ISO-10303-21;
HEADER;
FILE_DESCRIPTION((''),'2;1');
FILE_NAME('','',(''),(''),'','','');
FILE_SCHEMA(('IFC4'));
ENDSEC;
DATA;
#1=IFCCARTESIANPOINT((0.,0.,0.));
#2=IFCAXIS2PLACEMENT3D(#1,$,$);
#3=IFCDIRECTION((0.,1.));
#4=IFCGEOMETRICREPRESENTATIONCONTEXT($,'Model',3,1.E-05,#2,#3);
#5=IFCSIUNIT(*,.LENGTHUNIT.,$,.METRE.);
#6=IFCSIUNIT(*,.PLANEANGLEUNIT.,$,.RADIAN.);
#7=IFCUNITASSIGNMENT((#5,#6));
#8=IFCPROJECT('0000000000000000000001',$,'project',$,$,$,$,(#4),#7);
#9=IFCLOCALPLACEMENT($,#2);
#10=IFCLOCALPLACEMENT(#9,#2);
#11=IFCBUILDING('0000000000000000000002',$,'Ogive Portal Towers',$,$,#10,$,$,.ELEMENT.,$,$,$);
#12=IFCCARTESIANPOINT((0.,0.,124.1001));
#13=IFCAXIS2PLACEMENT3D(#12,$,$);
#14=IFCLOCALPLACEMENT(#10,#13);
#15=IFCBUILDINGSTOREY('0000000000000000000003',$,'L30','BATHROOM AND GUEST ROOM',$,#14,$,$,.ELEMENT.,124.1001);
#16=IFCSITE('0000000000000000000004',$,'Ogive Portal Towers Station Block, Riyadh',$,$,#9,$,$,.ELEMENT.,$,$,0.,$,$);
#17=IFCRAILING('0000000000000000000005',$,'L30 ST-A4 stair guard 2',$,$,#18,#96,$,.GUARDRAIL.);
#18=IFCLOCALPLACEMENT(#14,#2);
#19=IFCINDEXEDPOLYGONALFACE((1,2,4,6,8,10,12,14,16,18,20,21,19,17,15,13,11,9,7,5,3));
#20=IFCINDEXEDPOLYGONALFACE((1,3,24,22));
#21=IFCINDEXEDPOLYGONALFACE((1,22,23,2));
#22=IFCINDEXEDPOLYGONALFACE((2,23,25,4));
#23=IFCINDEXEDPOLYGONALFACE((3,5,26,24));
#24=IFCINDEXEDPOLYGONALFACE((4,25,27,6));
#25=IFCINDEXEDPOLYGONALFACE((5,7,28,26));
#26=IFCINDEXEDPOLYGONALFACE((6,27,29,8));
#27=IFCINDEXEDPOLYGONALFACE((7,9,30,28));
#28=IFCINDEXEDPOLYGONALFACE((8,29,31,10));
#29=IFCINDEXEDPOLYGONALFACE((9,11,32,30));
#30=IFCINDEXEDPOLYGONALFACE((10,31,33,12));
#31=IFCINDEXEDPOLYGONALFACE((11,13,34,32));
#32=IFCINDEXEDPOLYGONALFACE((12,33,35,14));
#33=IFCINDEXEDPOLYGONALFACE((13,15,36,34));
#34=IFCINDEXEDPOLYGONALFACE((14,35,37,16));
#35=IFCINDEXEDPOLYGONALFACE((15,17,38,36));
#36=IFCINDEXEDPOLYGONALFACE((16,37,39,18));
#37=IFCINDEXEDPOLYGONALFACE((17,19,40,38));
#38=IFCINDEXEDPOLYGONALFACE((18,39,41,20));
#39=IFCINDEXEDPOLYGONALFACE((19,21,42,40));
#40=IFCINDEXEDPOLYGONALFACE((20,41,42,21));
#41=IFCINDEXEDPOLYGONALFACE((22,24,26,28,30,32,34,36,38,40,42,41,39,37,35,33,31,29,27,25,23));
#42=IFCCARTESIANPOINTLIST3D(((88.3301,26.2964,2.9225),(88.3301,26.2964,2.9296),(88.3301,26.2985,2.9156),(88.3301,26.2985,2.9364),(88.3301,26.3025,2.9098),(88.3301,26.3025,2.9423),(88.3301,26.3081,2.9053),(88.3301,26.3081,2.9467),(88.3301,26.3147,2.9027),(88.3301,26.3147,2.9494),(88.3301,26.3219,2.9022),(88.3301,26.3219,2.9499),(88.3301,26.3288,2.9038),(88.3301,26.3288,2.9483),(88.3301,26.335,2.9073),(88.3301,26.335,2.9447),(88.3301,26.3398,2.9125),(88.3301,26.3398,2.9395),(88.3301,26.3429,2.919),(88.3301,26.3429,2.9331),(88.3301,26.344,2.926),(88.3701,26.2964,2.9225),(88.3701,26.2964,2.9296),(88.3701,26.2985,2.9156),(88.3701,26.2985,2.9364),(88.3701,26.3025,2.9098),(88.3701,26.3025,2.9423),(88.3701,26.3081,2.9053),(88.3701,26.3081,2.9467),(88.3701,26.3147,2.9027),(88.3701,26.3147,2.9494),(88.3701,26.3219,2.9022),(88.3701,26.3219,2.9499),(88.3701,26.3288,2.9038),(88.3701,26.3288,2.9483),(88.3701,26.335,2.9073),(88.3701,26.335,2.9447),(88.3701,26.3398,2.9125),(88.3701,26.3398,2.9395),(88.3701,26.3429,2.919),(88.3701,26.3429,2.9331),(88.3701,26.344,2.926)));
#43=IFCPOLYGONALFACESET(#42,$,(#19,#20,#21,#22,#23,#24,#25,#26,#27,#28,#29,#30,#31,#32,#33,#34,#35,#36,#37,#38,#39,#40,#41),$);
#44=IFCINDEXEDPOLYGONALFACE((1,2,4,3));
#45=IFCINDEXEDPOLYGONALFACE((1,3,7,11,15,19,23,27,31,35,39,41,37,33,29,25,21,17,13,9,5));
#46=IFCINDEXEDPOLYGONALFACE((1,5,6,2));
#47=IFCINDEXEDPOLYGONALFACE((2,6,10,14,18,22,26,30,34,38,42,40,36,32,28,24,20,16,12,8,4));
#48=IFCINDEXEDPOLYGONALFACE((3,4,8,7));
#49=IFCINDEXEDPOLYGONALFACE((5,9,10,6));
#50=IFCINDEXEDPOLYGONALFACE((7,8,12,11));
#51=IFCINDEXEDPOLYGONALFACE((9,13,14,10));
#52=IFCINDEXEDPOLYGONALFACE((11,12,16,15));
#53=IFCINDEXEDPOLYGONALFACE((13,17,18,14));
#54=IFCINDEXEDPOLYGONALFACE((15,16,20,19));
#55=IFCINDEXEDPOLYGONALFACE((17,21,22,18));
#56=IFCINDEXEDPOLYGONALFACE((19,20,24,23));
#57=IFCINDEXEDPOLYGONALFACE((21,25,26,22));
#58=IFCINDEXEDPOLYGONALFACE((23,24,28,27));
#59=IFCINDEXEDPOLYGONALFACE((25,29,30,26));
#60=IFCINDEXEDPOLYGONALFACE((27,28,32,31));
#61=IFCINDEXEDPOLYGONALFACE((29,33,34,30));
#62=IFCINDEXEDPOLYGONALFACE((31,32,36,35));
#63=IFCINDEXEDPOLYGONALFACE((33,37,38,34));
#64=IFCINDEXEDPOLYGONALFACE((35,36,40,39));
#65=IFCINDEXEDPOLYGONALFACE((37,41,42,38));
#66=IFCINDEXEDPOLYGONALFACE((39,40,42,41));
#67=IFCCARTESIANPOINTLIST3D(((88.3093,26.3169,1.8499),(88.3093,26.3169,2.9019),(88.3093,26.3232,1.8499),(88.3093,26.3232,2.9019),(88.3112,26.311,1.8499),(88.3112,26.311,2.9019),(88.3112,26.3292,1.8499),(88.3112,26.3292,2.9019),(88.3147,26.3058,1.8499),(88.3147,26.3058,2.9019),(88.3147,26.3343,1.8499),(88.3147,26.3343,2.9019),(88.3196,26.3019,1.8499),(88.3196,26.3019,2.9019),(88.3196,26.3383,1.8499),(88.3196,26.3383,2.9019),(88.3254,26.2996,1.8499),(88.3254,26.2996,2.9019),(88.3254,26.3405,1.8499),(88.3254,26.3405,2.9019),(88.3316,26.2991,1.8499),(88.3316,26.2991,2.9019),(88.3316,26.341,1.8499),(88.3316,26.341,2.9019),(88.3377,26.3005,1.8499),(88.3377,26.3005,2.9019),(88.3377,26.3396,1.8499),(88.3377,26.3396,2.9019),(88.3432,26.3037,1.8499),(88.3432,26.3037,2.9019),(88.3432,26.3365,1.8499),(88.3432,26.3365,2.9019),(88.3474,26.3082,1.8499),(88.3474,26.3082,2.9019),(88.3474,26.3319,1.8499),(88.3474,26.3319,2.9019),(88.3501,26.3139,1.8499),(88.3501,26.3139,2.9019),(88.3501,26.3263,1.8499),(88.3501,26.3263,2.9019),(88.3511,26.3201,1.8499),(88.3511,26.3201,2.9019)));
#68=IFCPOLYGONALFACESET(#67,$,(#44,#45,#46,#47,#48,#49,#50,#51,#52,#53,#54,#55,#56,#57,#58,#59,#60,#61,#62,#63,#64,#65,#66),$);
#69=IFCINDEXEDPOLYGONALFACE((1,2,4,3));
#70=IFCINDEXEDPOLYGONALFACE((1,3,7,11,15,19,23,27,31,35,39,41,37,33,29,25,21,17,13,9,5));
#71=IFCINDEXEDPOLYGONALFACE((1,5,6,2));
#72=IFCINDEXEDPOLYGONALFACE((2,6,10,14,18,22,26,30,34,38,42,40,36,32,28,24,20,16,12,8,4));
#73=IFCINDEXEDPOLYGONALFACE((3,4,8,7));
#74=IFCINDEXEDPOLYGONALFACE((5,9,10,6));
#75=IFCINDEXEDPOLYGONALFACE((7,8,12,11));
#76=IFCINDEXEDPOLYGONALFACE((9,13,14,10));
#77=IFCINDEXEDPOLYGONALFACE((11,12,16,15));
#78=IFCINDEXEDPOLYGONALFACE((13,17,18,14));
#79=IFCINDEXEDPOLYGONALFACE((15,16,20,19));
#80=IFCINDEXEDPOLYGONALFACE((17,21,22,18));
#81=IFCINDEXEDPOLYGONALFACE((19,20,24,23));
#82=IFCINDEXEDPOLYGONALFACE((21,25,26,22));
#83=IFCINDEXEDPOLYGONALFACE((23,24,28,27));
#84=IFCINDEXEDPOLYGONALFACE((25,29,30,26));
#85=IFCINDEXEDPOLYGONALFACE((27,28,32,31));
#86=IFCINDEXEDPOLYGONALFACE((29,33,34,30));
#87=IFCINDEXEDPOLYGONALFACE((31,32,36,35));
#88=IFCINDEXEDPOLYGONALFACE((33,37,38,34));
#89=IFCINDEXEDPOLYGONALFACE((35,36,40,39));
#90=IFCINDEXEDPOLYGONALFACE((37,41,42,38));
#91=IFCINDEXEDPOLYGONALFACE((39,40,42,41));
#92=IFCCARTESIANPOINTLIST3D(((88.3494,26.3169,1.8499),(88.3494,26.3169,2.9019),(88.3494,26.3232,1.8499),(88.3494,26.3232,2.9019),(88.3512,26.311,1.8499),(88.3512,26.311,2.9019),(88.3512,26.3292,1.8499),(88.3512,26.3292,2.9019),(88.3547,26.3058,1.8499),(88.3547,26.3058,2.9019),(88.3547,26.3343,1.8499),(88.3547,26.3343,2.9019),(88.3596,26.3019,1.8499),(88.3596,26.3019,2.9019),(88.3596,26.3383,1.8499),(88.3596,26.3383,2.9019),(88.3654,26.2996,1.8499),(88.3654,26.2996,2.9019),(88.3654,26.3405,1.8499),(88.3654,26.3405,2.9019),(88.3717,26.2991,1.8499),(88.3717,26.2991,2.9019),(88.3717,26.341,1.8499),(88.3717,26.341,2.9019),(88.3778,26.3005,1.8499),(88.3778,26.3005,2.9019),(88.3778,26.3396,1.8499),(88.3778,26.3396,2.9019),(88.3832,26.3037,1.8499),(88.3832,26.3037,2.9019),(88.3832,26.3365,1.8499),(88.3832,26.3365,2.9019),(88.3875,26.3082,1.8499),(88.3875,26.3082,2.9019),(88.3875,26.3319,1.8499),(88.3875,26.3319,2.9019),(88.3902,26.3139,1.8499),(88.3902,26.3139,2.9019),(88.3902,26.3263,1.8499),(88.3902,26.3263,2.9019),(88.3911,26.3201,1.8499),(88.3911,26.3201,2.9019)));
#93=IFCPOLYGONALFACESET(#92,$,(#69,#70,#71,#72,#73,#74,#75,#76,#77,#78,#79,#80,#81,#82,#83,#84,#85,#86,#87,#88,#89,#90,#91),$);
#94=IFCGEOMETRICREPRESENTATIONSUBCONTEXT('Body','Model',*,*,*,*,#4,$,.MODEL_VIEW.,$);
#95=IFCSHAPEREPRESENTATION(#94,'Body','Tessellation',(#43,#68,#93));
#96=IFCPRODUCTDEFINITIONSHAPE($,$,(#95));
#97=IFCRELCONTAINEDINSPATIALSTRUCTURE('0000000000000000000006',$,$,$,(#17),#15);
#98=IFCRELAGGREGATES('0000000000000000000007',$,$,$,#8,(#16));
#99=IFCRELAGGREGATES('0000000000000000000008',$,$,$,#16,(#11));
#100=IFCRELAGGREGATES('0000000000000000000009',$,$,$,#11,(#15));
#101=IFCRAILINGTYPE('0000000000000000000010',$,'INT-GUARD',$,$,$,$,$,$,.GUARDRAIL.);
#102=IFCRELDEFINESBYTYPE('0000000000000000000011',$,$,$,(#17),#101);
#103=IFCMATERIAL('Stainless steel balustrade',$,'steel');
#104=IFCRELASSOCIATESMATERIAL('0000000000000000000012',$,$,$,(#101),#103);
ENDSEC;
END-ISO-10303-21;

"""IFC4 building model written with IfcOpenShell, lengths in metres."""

from ifc_helpers import new_model, si_unit, direction, frame, origin, origin_2d, place, context, subcontext, project, spatial, circle, extrude, material, type_object, element, save


model = new_model("IFC4")

# Units and contexts
model_context = context("Model", 3, precision=1e-05, world=origin(), true_north=direction((0.0, 1.0)))
body_context = subcontext(model_context, "Body", "Model", "MODEL_VIEW")
ifc_project = project(units=[si_unit("LENGTHUNIT", "METRE"), si_unit("PLANEANGLEUNIT", "RADIAN")], contexts=[model_context])

# Site, building, storey
site_placement = place(None, origin())
site = spatial("IfcSite", under=ifc_project, at=site_placement, Name="Ogive Portal Towers Station Block, Riyadh", CompositionType="ELEMENT", RefElevation=0.0)
building_placement = place(site_placement, origin())
building = spatial("IfcBuilding", under=site, at=building_placement, Name="Ogive Portal Towers", CompositionType="ELEMENT")
storey_placement = place(building_placement, frame((0.0, 0.0, 124.1001)))
storey = spatial("IfcBuildingStorey", under=building, at=storey_placement, Name="L30", Description="BATHROOM AND GUEST ROOM", CompositionType="ELEMENT", Elevation=124.1001)

# Railing
ifc_material_1 = material(Name="Stainless steel balustrade", Category="steel")
railing_type_1 = type_object("IfcRailingType", Name="INT-GUARD", PredefinedType="GUARDRAIL", material=ifc_material_1)
railing_1_placement = place(storey_placement, frame((88.3301, 26.3201, 1.8499)))
element("IfcRailing", 1, at=railing_1_placement, inside=storey, type_object=railing_type_1, Name="L30 ST-A4 stair guard 2", PredefinedType="GUARDRAIL", context=body_context, shape_type="SweptSolid", body=[
    extrude(circle(Radius=0.0239, at=origin_2d()), frame((0.0, 0.0, 1.0762), z_axis=(1.0, 0.0, 0.0), x_axis=(0.0, 1.0, 0.0)), (0.0, 0.0, 1.0), 0.04),
    extrude(circle(Radius=0.021, at=origin_2d()), origin(), (0.0, 0.0, 1.0), 1.052),
    extrude(circle(Radius=0.021, at=origin_2d()), frame((0.04, 0.0, 0.0)), (0.0, 0.0, 1.0), 1.052),
])

save(model, "model.ifc")
